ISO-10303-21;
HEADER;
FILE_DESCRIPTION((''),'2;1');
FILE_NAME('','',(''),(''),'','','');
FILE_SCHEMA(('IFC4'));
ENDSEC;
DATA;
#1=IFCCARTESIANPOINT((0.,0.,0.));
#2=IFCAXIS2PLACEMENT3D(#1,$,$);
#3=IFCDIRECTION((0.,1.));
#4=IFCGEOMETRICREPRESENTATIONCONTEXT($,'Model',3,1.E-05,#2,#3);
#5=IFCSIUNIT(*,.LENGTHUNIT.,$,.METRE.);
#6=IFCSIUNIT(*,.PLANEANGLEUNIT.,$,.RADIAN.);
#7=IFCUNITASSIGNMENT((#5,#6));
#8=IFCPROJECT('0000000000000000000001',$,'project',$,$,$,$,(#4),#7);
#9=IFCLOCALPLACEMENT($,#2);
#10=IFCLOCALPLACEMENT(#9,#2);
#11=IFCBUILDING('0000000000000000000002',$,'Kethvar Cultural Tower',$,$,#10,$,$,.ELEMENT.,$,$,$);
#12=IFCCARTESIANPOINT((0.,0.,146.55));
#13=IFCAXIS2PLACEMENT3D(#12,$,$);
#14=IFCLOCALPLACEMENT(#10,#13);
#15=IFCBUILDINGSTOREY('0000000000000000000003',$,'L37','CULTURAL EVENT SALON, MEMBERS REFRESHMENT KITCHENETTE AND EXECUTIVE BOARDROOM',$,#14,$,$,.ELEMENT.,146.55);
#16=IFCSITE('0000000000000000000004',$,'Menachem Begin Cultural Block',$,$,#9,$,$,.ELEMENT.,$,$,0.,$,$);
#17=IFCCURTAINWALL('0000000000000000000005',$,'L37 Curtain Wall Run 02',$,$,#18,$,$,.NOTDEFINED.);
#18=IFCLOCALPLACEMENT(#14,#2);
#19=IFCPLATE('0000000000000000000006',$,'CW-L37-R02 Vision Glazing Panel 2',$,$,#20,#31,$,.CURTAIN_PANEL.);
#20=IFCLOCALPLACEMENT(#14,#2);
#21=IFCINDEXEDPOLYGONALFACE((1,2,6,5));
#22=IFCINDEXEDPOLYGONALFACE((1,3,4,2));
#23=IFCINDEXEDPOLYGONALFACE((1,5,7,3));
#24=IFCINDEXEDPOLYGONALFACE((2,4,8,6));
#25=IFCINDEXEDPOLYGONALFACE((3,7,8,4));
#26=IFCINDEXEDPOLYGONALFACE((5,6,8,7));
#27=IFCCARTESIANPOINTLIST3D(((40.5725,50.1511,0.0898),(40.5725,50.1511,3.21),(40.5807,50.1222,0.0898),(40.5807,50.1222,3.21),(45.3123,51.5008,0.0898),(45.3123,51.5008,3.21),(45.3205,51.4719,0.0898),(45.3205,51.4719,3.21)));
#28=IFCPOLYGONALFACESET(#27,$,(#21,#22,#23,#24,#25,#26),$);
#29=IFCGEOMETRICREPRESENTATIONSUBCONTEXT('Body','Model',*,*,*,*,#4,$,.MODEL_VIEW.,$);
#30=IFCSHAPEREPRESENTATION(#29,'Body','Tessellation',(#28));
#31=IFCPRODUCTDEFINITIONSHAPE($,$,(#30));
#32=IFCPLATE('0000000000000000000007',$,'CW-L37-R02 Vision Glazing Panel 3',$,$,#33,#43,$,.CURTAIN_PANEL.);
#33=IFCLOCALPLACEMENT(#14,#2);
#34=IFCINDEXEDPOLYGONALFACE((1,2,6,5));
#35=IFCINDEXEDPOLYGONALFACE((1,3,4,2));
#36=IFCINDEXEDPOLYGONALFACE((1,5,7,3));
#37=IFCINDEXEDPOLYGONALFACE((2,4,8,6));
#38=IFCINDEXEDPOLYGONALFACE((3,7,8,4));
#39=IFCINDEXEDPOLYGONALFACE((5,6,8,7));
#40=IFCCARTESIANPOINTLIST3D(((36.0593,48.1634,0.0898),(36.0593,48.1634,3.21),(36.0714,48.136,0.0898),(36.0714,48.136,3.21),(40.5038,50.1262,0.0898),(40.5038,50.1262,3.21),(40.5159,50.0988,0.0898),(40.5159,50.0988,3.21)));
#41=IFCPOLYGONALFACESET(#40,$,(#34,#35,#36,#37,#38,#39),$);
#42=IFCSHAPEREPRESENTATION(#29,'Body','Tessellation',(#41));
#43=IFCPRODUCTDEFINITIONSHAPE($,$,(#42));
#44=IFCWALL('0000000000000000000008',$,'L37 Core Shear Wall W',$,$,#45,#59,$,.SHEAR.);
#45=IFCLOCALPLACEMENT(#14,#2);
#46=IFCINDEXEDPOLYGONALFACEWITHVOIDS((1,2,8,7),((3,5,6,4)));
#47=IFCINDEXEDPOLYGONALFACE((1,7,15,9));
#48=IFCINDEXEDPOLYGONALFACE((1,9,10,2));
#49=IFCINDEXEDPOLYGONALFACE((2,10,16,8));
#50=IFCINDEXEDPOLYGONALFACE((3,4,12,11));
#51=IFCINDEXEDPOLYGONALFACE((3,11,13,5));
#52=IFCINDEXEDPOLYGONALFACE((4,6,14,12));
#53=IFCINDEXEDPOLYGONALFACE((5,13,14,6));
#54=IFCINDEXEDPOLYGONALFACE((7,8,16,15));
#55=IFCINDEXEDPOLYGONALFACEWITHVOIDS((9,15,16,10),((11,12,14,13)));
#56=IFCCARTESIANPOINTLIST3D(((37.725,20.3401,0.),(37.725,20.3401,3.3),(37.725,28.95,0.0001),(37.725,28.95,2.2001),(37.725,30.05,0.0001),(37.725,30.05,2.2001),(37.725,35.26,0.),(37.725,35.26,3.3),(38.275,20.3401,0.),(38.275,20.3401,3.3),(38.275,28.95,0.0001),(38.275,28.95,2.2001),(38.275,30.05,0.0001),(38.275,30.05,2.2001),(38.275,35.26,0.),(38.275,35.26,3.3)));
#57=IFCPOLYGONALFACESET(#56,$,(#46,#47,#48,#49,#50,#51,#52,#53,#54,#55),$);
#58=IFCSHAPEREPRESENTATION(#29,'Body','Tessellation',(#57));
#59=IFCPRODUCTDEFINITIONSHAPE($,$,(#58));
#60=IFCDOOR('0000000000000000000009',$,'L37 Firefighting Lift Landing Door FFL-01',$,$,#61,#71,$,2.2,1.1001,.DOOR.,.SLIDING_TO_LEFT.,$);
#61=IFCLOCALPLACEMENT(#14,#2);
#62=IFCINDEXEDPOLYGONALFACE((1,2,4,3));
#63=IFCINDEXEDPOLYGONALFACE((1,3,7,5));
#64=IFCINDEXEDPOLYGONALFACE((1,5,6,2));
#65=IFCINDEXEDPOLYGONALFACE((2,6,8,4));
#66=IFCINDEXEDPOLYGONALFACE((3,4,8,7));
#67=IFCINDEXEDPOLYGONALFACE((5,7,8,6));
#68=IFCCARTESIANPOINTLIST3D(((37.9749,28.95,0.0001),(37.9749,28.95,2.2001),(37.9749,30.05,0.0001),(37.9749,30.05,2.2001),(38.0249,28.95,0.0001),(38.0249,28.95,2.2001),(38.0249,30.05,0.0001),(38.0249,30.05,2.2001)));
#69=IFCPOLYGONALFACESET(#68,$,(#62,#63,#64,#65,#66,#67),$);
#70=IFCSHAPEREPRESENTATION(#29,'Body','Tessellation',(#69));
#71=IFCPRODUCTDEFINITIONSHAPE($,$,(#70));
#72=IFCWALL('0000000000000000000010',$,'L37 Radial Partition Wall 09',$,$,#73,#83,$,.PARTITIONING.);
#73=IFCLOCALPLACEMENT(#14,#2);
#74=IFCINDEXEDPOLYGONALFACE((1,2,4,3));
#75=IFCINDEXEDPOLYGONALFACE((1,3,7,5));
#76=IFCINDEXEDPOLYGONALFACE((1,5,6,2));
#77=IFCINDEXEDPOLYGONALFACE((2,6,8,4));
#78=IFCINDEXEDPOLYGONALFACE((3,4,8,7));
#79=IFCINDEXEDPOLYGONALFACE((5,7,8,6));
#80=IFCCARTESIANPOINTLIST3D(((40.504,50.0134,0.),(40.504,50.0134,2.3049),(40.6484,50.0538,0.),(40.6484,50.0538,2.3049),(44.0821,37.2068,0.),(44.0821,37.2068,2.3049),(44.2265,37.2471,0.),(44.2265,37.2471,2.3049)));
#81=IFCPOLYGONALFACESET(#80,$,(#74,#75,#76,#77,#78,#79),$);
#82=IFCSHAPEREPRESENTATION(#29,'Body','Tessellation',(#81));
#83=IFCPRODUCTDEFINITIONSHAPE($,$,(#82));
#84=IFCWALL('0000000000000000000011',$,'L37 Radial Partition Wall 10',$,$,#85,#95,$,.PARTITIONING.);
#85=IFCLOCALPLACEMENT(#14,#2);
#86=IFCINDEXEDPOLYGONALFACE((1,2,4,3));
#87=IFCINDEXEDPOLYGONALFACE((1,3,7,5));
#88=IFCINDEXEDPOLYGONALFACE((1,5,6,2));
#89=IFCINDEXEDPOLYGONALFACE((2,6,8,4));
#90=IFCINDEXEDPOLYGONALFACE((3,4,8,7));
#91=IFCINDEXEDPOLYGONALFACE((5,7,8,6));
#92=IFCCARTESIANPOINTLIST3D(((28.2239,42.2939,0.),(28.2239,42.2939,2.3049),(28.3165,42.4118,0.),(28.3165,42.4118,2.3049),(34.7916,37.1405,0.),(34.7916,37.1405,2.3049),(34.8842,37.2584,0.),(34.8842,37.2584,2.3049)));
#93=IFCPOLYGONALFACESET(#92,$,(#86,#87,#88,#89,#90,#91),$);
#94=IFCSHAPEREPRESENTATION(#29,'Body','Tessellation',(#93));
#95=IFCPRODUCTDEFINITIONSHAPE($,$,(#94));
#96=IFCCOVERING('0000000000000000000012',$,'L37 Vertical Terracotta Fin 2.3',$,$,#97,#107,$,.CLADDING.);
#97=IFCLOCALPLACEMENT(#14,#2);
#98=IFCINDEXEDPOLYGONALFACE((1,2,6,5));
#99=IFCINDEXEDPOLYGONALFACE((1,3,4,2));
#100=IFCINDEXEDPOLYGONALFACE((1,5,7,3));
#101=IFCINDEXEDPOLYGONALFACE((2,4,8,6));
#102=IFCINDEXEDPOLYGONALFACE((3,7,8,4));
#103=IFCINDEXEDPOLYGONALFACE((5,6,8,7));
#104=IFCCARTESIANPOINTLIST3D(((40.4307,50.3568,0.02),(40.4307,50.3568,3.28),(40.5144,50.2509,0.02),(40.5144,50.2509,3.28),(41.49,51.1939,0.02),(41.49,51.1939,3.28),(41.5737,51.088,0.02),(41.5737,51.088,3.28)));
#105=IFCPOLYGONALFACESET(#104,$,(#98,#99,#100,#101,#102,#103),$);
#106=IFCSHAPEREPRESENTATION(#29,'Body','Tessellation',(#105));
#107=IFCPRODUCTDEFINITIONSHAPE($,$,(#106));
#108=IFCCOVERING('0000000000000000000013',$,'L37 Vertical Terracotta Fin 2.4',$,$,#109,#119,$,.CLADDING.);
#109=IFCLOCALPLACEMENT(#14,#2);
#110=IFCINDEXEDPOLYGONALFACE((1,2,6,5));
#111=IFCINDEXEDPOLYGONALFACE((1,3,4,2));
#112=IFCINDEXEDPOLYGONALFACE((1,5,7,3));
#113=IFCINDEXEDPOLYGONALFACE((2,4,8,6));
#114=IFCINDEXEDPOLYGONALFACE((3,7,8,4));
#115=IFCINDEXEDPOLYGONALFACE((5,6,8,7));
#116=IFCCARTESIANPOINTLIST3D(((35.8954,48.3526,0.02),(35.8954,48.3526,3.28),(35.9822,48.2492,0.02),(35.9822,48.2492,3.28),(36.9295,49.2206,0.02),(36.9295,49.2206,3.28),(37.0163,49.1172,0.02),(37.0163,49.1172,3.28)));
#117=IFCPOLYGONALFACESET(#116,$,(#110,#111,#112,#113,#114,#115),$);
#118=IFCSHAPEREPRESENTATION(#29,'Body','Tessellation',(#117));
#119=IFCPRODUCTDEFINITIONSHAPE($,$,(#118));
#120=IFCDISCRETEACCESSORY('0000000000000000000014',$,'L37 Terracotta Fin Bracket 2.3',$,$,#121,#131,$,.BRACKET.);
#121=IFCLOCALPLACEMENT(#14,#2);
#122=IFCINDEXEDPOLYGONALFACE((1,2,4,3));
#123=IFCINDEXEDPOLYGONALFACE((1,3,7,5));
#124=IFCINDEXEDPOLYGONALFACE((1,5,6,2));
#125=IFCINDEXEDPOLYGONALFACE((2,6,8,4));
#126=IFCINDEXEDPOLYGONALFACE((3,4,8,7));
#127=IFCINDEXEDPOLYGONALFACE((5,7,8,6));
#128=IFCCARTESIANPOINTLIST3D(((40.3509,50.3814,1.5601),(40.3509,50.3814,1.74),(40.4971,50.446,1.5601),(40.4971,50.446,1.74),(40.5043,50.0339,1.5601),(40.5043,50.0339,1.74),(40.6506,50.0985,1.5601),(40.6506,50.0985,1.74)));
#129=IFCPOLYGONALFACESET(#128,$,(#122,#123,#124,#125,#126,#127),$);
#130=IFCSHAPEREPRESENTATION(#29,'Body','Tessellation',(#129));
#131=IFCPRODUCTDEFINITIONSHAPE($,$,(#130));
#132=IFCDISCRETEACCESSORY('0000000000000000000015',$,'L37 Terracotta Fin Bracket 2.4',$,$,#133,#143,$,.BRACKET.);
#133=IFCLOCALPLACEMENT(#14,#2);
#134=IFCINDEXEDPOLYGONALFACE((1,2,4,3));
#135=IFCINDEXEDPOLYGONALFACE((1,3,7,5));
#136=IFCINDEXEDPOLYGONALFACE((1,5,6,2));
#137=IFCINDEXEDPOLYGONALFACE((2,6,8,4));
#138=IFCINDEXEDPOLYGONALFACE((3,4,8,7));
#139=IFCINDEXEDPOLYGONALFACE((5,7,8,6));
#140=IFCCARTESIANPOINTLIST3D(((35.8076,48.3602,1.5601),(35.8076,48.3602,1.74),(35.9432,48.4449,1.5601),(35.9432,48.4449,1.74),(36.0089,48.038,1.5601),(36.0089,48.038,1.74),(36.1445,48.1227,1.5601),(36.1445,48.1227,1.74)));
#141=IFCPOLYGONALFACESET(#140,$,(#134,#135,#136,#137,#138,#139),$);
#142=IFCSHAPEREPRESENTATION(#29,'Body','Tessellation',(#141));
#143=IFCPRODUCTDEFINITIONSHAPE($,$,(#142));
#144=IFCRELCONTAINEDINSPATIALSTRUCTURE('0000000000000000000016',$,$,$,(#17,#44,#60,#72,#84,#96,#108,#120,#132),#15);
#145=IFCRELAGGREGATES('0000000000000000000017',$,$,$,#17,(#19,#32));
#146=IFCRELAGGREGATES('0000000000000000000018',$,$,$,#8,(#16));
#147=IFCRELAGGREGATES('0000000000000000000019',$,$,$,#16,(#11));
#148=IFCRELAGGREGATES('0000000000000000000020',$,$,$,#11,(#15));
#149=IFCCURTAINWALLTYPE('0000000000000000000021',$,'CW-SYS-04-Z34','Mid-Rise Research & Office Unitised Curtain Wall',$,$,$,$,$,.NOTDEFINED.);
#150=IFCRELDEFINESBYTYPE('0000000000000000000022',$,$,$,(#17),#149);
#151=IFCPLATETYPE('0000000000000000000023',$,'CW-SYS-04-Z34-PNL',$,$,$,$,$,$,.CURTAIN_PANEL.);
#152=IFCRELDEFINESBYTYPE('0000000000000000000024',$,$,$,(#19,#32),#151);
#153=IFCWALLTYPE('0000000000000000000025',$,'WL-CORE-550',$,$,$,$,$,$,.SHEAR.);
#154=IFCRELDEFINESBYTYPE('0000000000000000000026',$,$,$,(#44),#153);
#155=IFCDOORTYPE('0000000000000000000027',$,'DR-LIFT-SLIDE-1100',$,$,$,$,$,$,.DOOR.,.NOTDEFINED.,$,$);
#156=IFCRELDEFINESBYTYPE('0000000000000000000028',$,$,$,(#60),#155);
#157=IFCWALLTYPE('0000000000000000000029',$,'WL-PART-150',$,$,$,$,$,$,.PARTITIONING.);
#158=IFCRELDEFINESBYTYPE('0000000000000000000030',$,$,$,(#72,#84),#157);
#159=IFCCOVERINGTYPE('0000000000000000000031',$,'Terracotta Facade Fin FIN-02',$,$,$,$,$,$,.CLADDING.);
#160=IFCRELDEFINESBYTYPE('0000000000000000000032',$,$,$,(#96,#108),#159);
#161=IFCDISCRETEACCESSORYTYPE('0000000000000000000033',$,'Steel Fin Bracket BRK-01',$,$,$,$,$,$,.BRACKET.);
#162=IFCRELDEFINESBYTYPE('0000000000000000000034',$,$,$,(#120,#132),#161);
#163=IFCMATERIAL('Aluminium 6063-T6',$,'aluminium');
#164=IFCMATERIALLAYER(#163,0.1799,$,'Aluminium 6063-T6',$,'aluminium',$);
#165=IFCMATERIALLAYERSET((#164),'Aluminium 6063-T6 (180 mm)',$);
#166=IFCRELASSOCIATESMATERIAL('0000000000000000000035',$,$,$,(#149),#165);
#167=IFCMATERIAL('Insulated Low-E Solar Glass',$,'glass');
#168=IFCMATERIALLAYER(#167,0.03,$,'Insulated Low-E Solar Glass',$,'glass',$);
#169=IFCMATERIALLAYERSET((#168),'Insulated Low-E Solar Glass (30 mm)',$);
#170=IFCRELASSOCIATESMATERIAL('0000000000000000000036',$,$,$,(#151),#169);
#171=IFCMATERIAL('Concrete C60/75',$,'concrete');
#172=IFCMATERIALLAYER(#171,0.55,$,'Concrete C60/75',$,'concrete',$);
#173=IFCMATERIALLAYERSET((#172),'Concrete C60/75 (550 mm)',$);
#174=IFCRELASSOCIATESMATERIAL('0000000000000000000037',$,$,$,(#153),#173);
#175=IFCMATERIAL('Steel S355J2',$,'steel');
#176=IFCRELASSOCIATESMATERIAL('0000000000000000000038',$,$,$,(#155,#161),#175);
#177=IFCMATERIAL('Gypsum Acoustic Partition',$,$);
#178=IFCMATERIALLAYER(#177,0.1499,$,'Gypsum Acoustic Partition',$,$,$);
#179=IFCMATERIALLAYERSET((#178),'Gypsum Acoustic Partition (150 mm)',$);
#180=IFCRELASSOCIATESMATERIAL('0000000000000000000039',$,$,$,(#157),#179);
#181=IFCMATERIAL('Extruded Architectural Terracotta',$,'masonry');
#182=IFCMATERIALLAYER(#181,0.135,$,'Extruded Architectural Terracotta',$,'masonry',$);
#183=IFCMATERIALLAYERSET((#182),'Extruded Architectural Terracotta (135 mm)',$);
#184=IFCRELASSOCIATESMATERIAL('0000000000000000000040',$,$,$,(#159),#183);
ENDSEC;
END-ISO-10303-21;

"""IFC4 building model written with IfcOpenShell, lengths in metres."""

from ifc_helpers import new_model, si_unit, direction, frame, frame_2d, origin, origin_2d, place, context, subcontext, project, spatial, rectangle, extrude, source, transform, mapped, material, layer, layer_set, type_object, element, fill, aggregate, save


model = new_model("IFC4")

# Units and contexts
model_context = context("Model", 3, precision=1e-05, world=origin(), true_north=direction((0.0, 1.0)))
body_context = subcontext(model_context, "Body", "Model", "MODEL_VIEW")
ifc_project = project(units=[si_unit("LENGTHUNIT", "METRE"), si_unit("PLANEANGLEUNIT", "RADIAN")], contexts=[model_context])

# Site, building, storey
site_placement = place(None, origin())
site = spatial("IfcSite", under=ifc_project, at=site_placement, Name="Menachem Begin Cultural Block", CompositionType="ELEMENT", RefElevation=0.0)
building_placement = place(site_placement, origin())
building = spatial("IfcBuilding", under=site, at=building_placement, Name="Kethvar Cultural Tower", CompositionType="ELEMENT")
storey_placement = place(building_placement, frame((0.0, 0.0, 146.55)))
storey = spatial("IfcBuildingStorey", under=building, at=storey_placement, Name="L37", Description="CULTURAL EVENT SALON, MEMBERS REFRESHMENT KITCHENETTE AND EXECUTIVE BOARDROOM", CompositionType="ELEMENT", Elevation=146.55)

# Shared definitions
ifc_material_1 = material(Name="Steel S355J2", Category="steel")

# Curtain wall, plates
ifc_material_2 = material(Name="Aluminium 6063-T6", Category="aluminium")
ifc_layer_1 = layer(ifc_material_2, 0.1799, Name="Aluminium 6063-T6", Category="aluminium")
ifc_layer_set_1 = layer_set([ifc_layer_1], Name="Aluminium 6063-T6 (180 mm)")
curtain_wall_type = type_object("IfcCurtainWallType", Name="CW-SYS-04-Z34", Description="Mid-Rise Research & Office Unitised Curtain Wall", PredefinedType="NOTDEFINED", material=ifc_layer_set_1)
curtain_wall_placement = place(storey_placement, origin())
curtain_wall = element("IfcCurtainWall", 1, at=curtain_wall_placement, inside=storey, type_object=curtain_wall_type, Name="L37 Curtain Wall Run 02", PredefinedType="NOTDEFINED")
ifc_material_3 = material(Name="Insulated Low-E Solar Glass", Category="glass")
ifc_layer_2 = layer(ifc_material_3, 0.03, Name="Insulated Low-E Solar Glass", Category="glass")
ifc_layer_set_2 = layer_set([ifc_layer_2], Name="Insulated Low-E Solar Glass (30 mm)")
plate_type = type_object("IfcPlateType", Name="CW-SYS-04-Z34-PNL", PredefinedType="CURTAIN_PANEL", material=ifc_layer_set_2)
shared_shape_1 = source(origin(), body_context, "Body", "SweptSolid", [
    extrude(rectangle(XDim=4.9282, YDim=0.03, at=origin_2d()), origin(), (0.0, 0.0, 1.0), 3.1201),
])
plate_1_placement = place(storey_placement, frame((42.9465, 50.8115, 0.0898), z_axis=(0.0, 0.0, 1.0), x_axis=(-0.961765, -0.273875, 0.0)))
plate_1 = element("IfcPlate", 2, at=plate_1_placement, type_object=plate_type, Name="CW-L37-R02 Vision Glazing Panel 2", PredefinedType="CURTAIN_PANEL", context=body_context, shape_type="MappedRepresentation", body=[
    mapped(shared_shape_1, transform((0.0, 0.0, 0.0), scale=1.0)),
])
shared_shape_2 = source(origin(), body_context, "Body", "SweptSolid", [
    extrude(rectangle(XDim=4.8586, YDim=0.03, at=origin_2d()), origin(), (0.0, 0.0, 1.0), 3.1201),
])
plate_2_placement = place(storey_placement, frame((38.2876, 49.1311, 0.0898), z_axis=(0.0, 0.0, 1.0), x_axis=(-0.914769, -0.403976, 0.0)))
plate_2 = element("IfcPlate", 3, at=plate_2_placement, type_object=plate_type, Name="CW-L37-R02 Vision Glazing Panel 3", PredefinedType="CURTAIN_PANEL", context=body_context, shape_type="MappedRepresentation", body=[
    mapped(shared_shape_2, transform((0.0, 0.0, 0.0), scale=1.0)),
])
aggregate(curtain_wall, [plate_1, plate_2])

# Wall, opening, door
ifc_material_4 = material(Name="Concrete C60/75", Category="concrete")
ifc_layer_3 = layer(ifc_material_4, 0.55, Name="Concrete C60/75", Category="concrete")
ifc_layer_set_3 = layer_set([ifc_layer_3], Name="Concrete C60/75 (550 mm)")
wall_type_1 = type_object("IfcWallType", Name="WL-CORE-550", PredefinedType="SHEAR", material=ifc_layer_set_3)
wall_1_placement = place(storey_placement, frame((38.0, 35.26, 0.0), z_axis=(0.0, 0.0, 1.0), x_axis=(0.0, -1.0, 0.0)))
wall_1 = element("IfcWall", 4, at=wall_1_placement, inside=storey, type_object=wall_type_1, Name="L37 Core Shear Wall W", PredefinedType="SHEAR", context=body_context, shape_type="SweptSolid", body=[
    extrude(rectangle(XDim=14.9199, YDim=0.55, at=frame_2d((7.46, 0.0))), origin(), (0.0, 0.0, 1.0), 3.3),
])
opening_placement = place(wall_1_placement, frame((5.21, 0.0, 0.0)))
opening = element("IfcOpeningElement", 5, at=opening_placement, cuts=wall_1, PredefinedType="OPENING", context=body_context, shape_type="SweptSolid", body=[
    extrude(rectangle(XDim=1.1001, YDim=2.2, at=frame_2d((0.55, 1.1001))), frame((0.0, 0.2849, 0.0), z_axis=(0.0, -1.0, 0.0), x_axis=(1.0, 0.0, 0.0)), (0.0, 0.0, 1.0), 0.5701),
])
door_type = type_object("IfcDoorType", Name="DR-LIFT-SLIDE-1100", OperationType="NOTDEFINED", PredefinedType="DOOR", material=ifc_material_1)
shared_shape_3 = source(origin(), body_context, "Body", "SweptSolid", [
    extrude(rectangle(XDim=1.1001, YDim=2.2, at=frame_2d((0.55, 1.1001))), frame((0.0, 0.0249, 0.0), z_axis=(0.0, -1.0, 0.0), x_axis=(1.0, 0.0, 0.0)), (0.0, 0.0, 1.0), 0.05),
])
door_placement = place(opening_placement, origin())
door = element("IfcDoor", 6, at=door_placement, inside=storey, type_object=door_type, Name="L37 Firefighting Lift Landing Door FFL-01", OperationType="SLIDING_TO_LEFT", OverallHeight=2.2, OverallWidth=1.1001, PredefinedType="DOOR", context=body_context, shape_type="MappedRepresentation", body=[
    mapped(shared_shape_3, transform((0.0, 0.0, 0.0), scale=1.0)),
])
fill(opening, door)

# Walls
ifc_material_5 = material(Name="Gypsum Acoustic Partition")
ifc_layer_4 = layer(ifc_material_5, 0.1499, Name="Gypsum Acoustic Partition")
ifc_layer_set_4 = layer_set([ifc_layer_4], Name="Gypsum Acoustic Partition (150 mm)")
wall_type_2 = type_object("IfcWallType", Name="WL-PART-150", PredefinedType="PARTITIONING", material=ifc_layer_set_4)
wall_2_placement = place(storey_placement, frame((44.1543, 37.2271, 0.0), z_axis=(0.0, 0.0, 1.0), x_axis=(-0.269091, 0.963115, 0.0)))
element("IfcWall", 7, at=wall_2_placement, inside=storey, type_object=wall_type_2, Name="L37 Radial Partition Wall 09", PredefinedType="PARTITIONING", context=body_context, shape_type="SweptSolid", body=[
    extrude(rectangle(XDim=13.2971, YDim=0.1499, at=frame_2d((6.6484, 0.0))), origin(), (0.0, 0.0, 1.0), 2.3049),
])
wall_3_placement = place(storey_placement, frame((34.8379, 37.1995, 0.0), z_axis=(0.0, 0.0, 1.0), x_axis=(-0.786723, 0.617306, 0.0)))
element("IfcWall", 8, at=wall_3_placement, inside=storey, type_object=wall_type_2, Name="L37 Radial Partition Wall 10", PredefinedType="PARTITIONING", context=body_context, shape_type="SweptSolid", body=[
    extrude(rectangle(XDim=8.3481, YDim=0.1499, at=frame_2d((4.1741, 0.0))), origin(), (0.0, 0.0, 1.0), 2.3049),
])

# Coverings
ifc_material_6 = material(Name="Extruded Architectural Terracotta", Category="masonry")
ifc_layer_5 = layer(ifc_material_6, 0.135, Name="Extruded Architectural Terracotta", Category="masonry")
ifc_layer_set_5 = layer_set([ifc_layer_5], Name="Extruded Architectural Terracotta (135 mm)")
covering_type = type_object("IfcCoveringType", Name="Terracotta Facade Fin FIN-02", PredefinedType="CLADDING", material=ifc_layer_set_5)
shared_shape_4 = source(origin(), body_context, "Body", "SweptSolid", [
    extrude(rectangle(XDim=1.3501, YDim=0.135, at=origin_2d()), origin(), (0.0, 0.0, 1.0), 3.26),
])
for number, where, z_axis, x_axis, name in (
    (9, (41.0022, 50.7224, 0.02), (0.0, 0.0, 1.0), (0.78456, 0.620053, 0.0), "L37 Vertical Terracotta Fin 2.3"),
    (10, (36.4558, 48.7349, 0.02), (0.0, 0.0, 1.0), (0.765932, 0.642921, 0.0), "L37 Vertical Terracotta Fin 2.4"),
):
    element("IfcCovering", number, at=place(storey_placement, frame(where, z_axis=z_axis, x_axis=x_axis)), inside=storey, type_object=covering_type, Name=name, PredefinedType="CLADDING", context=body_context, shape_type="MappedRepresentation", body=[
        mapped(shared_shape_4, transform((0.0, 0.0, 0.0), scale=1.0)),
    ])

# Discrete accessories
discrete_accessory_type = type_object("IfcDiscreteAccessoryType", Name="Steel Fin Bracket BRK-01", PredefinedType="BRACKET", material=ifc_material_1)
shared_shape_5 = source(origin(), body_context, "Body", "SweptSolid", [
    extrude(rectangle(XDim=0.3799, YDim=0.1599, at=origin_2d()), origin(), (0.0, 0.0, 1.0), 0.1799),
])
for number, where, z_axis, x_axis, name in (
    (11, (40.5007, 50.24, 1.5601), (0.0, 0.0, 1.0), (-0.404024, 0.914748, 0.0), "L37 Terracotta Fin Bracket 2.3"),
    (12, (35.9761, 48.2415, 1.5601), (0.0, 0.0, 1.0), (-0.529919, 0.848048, 0.0), "L37 Terracotta Fin Bracket 2.4"),
):
    element("IfcDiscreteAccessory", number, at=place(storey_placement, frame(where, z_axis=z_axis, x_axis=x_axis)), inside=storey, type_object=discrete_accessory_type, Name=name, PredefinedType="BRACKET", context=body_context, shape_type="MappedRepresentation", body=[
        mapped(shared_shape_5, transform((0.0, 0.0, 0.0), scale=1.0)),
    ])

save(model, "model.ifc")
